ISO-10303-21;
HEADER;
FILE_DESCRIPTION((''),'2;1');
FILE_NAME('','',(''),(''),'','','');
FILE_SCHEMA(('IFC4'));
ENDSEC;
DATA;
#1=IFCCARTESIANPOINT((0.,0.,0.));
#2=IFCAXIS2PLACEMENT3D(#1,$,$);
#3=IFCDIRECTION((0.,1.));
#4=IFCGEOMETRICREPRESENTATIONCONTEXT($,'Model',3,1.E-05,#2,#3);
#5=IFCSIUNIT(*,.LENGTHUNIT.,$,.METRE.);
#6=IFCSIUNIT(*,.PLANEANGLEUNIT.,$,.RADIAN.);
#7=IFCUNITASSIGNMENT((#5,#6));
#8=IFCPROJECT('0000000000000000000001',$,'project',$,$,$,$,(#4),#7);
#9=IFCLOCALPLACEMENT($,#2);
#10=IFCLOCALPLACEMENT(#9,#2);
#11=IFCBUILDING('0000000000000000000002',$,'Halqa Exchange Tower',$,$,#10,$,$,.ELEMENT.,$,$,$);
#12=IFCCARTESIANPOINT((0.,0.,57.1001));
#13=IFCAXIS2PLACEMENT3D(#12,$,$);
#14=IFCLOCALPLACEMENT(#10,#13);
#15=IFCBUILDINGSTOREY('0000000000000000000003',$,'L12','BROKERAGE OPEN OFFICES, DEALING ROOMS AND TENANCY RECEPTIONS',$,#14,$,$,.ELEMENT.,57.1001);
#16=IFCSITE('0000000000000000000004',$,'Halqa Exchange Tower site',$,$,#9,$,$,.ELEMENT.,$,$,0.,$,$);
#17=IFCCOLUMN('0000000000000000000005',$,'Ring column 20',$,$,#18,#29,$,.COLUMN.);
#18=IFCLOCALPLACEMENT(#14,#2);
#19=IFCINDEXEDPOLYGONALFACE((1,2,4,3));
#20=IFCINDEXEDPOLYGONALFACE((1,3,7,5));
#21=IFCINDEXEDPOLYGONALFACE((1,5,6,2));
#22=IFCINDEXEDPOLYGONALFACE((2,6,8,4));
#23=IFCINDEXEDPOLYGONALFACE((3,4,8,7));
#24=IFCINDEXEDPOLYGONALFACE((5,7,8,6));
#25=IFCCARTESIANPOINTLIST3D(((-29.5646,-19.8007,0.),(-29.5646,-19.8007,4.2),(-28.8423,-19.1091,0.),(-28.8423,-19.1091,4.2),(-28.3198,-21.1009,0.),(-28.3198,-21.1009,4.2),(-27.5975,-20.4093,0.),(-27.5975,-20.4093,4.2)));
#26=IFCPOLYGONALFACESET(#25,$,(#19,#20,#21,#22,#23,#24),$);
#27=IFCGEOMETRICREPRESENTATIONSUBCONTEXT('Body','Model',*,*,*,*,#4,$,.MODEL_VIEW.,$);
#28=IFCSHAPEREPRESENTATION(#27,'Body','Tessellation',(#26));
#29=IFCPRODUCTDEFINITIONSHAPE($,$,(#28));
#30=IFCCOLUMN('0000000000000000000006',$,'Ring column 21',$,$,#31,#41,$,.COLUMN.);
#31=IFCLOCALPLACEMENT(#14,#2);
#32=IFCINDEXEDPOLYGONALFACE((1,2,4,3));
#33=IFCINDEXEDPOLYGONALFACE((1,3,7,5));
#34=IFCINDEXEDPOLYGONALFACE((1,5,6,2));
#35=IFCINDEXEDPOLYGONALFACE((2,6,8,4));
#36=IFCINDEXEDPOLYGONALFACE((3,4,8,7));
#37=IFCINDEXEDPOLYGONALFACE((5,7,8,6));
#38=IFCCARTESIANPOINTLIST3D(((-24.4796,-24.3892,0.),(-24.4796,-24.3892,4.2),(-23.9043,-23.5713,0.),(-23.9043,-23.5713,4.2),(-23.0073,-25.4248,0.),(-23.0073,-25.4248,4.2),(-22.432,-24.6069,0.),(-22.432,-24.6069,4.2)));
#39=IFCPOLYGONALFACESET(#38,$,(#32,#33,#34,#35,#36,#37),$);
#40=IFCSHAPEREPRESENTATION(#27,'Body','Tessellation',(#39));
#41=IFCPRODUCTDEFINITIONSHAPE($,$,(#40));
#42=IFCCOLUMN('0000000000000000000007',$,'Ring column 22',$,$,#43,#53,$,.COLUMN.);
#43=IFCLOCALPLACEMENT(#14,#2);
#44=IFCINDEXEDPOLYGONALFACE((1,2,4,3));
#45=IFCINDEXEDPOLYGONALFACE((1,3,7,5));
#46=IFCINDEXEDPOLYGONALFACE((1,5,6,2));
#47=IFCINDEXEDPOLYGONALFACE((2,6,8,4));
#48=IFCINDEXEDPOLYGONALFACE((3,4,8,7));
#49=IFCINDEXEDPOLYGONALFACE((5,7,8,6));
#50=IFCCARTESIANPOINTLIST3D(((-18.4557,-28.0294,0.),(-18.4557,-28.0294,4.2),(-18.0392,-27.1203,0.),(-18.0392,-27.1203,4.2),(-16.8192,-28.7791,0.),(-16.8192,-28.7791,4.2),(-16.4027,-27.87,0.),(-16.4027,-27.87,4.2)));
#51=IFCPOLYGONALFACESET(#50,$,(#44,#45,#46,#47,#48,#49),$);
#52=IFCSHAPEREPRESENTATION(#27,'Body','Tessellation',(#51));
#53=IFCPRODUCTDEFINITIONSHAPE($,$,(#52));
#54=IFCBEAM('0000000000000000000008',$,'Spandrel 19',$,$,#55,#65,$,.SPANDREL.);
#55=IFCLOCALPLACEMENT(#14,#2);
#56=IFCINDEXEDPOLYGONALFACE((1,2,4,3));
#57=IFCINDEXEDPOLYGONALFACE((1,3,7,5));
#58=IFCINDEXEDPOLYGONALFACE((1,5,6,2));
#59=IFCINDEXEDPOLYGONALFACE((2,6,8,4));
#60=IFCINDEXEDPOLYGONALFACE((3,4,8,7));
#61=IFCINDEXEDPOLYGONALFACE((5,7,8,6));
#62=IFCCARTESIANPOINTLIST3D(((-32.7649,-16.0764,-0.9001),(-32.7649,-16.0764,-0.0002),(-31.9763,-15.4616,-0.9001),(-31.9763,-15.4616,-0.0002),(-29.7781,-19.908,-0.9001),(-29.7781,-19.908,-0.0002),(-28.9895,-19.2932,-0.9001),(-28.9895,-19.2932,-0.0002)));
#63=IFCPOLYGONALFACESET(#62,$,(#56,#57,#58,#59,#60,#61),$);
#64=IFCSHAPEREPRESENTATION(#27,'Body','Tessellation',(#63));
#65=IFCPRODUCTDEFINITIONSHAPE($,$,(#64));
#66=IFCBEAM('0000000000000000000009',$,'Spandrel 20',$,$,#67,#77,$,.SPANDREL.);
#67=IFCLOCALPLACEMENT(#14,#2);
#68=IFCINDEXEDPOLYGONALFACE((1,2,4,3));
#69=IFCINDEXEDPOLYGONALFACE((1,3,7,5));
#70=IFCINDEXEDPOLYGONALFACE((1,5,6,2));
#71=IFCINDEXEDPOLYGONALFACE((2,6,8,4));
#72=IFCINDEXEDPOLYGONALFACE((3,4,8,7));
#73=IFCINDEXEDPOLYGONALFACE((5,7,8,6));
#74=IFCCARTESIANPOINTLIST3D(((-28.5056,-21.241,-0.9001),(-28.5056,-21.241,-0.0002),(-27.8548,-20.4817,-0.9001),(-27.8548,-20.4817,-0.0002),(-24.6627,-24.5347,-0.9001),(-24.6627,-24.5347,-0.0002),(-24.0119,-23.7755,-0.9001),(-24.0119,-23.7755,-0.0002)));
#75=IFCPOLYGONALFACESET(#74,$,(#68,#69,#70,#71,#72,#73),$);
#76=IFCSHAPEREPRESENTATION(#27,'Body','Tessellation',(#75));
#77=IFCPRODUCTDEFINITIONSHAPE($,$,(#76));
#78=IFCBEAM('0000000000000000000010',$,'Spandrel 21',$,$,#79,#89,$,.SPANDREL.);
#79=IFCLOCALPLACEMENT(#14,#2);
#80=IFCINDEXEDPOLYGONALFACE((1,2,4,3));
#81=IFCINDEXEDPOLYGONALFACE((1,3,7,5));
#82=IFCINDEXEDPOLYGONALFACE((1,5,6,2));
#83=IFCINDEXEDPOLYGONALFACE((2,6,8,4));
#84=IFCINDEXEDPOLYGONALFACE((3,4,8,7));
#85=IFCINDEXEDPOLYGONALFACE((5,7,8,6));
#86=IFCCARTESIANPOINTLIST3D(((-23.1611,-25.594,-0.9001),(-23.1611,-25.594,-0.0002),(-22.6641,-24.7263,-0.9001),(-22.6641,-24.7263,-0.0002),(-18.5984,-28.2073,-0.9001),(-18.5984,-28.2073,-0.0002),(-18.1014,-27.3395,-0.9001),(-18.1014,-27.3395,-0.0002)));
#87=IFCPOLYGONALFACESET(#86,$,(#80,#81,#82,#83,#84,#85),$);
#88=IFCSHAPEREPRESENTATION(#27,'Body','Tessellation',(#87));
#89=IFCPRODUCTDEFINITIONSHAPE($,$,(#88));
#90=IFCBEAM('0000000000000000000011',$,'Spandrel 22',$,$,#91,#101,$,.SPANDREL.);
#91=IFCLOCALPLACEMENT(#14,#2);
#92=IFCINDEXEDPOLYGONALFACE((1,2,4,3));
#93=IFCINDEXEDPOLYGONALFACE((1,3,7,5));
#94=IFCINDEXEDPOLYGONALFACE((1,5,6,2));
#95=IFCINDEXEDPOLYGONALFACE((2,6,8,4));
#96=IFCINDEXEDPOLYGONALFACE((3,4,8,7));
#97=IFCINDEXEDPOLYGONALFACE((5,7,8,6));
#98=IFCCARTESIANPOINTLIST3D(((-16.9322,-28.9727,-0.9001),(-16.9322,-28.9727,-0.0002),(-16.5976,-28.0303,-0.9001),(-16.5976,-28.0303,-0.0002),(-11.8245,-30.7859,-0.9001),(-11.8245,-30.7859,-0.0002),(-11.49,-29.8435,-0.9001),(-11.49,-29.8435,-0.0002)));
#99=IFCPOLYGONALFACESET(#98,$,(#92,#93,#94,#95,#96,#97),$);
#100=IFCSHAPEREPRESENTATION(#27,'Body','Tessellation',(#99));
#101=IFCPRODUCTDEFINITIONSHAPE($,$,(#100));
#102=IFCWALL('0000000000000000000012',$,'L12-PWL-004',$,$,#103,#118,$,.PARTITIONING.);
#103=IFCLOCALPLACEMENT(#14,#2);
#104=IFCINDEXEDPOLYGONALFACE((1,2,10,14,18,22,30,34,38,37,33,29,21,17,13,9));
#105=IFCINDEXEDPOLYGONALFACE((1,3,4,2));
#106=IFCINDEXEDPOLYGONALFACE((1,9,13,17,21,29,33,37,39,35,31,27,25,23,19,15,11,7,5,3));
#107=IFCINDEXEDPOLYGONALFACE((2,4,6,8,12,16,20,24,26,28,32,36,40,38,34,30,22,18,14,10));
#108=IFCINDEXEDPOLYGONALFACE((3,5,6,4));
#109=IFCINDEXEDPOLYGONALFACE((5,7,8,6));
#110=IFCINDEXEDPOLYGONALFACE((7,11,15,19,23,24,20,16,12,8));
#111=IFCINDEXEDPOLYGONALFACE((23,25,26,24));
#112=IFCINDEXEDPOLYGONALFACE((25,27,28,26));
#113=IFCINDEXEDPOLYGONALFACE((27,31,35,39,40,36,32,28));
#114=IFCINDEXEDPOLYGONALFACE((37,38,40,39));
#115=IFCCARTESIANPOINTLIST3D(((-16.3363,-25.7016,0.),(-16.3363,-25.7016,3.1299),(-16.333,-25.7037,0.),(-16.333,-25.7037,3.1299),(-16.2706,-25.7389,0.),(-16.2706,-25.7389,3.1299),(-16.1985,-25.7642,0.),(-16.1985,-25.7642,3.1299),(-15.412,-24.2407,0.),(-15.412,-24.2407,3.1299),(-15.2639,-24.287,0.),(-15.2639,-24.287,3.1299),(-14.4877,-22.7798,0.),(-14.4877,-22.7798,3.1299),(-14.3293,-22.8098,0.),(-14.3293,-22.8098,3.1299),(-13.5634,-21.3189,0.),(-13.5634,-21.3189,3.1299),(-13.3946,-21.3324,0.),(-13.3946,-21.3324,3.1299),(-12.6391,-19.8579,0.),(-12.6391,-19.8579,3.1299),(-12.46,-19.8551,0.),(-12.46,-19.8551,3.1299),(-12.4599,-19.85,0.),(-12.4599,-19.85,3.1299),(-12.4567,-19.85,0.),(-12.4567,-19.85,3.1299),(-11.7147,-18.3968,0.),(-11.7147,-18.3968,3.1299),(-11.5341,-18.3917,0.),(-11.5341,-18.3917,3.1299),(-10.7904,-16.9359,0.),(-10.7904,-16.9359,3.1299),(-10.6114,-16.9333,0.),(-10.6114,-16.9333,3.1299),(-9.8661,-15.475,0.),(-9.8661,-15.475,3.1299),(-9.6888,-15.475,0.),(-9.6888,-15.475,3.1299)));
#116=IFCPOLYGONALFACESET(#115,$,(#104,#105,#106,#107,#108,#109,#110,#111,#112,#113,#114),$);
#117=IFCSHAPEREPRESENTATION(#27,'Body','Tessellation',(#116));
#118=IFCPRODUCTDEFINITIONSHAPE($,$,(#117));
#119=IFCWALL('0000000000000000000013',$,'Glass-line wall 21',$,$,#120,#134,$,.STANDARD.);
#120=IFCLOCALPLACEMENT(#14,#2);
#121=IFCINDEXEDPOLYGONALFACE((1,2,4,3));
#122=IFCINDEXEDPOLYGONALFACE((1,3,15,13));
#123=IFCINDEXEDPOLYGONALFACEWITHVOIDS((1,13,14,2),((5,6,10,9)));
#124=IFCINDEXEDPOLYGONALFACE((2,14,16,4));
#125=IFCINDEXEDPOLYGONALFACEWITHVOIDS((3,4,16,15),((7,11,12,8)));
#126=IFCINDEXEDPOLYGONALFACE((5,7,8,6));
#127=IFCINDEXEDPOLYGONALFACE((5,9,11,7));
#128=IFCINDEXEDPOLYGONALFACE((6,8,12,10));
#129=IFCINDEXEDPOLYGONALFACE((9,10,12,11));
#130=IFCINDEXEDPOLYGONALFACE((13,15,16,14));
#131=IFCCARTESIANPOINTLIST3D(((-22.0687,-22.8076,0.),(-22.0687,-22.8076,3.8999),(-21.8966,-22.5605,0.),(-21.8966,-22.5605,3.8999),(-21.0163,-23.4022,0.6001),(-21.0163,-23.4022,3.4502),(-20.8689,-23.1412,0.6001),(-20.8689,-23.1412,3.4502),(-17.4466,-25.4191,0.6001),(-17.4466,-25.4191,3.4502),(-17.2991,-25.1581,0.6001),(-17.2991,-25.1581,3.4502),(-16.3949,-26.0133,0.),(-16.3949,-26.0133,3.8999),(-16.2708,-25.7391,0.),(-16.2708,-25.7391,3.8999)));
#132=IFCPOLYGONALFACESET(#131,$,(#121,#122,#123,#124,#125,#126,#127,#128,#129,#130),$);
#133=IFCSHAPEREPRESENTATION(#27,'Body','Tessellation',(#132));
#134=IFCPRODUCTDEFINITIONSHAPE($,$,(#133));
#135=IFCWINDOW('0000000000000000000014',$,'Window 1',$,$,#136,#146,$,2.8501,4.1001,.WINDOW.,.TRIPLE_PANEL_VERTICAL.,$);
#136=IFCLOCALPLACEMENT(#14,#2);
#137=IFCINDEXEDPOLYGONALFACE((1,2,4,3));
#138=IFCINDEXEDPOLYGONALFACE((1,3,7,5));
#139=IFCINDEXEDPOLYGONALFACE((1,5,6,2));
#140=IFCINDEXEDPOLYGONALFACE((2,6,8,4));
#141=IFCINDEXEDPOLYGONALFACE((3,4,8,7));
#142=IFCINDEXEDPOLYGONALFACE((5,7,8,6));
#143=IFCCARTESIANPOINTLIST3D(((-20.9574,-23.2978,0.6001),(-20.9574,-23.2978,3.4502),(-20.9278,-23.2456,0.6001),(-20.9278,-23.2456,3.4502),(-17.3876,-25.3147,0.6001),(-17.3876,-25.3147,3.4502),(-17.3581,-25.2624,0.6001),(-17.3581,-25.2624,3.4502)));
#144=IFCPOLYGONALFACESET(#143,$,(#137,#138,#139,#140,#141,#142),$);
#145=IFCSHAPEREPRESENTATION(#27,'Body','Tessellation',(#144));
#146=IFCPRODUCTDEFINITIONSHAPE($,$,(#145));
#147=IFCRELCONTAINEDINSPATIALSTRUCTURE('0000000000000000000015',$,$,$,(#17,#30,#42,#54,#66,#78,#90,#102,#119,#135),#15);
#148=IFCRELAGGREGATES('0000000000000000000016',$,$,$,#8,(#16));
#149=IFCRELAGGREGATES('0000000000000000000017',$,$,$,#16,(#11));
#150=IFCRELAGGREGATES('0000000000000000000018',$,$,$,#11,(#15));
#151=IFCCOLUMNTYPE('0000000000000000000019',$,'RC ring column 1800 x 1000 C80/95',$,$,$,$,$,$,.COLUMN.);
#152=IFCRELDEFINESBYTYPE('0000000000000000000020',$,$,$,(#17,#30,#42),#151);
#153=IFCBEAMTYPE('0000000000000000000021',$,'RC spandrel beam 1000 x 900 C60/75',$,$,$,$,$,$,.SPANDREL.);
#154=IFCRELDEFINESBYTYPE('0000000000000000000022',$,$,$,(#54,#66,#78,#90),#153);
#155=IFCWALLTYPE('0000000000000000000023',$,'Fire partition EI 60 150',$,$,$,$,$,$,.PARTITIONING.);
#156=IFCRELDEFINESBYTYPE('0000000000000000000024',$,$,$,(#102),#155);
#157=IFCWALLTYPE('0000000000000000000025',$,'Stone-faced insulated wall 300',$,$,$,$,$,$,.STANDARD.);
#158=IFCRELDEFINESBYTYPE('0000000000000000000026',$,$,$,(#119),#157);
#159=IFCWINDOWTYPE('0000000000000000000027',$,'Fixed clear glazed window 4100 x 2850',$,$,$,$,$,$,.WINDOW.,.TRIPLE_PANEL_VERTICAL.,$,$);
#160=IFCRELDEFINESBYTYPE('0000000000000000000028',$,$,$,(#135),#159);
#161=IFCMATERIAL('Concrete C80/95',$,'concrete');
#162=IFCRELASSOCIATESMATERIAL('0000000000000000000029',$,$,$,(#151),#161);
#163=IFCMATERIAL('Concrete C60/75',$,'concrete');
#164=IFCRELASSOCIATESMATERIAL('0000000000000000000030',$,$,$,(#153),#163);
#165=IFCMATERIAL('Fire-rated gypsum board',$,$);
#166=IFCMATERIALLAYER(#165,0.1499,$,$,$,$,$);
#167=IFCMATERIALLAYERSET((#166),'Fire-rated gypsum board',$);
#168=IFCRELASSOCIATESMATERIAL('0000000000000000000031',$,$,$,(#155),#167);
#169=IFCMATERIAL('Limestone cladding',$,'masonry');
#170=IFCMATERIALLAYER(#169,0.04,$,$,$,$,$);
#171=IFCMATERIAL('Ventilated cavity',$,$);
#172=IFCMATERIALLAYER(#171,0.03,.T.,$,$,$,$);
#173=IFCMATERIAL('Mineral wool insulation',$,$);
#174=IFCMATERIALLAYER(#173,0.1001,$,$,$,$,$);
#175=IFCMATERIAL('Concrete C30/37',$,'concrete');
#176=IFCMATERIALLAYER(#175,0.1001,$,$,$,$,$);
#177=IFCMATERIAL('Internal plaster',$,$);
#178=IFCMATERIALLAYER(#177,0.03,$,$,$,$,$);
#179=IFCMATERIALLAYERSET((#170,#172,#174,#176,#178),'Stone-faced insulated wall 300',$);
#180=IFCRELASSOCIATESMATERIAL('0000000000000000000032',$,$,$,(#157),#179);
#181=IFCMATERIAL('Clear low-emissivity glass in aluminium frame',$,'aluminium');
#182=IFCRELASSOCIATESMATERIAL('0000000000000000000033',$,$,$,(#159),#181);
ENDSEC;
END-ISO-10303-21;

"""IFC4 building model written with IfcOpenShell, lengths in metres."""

from ifc_helpers import new_model, si_unit, direction, frame, frame_2d, origin, origin_2d, place, context, subcontext, project, spatial, polyline, rectangle, outline, extrude, material, layer, layer_set, material_profile, profile_set, type_object, element, fill, save


model = new_model("IFC4")

# Units and contexts
model_context = context("Model", 3, precision=1e-05, world=origin(), true_north=direction((0.0, 1.0)))
body_context = subcontext(model_context, "Body", "Model", "MODEL_VIEW")
ifc_project = project(units=[si_unit("LENGTHUNIT", "METRE"), si_unit("PLANEANGLEUNIT", "RADIAN")], contexts=[model_context])

# Site, building, storey
site_placement = place(None, origin())
site = spatial("IfcSite", under=ifc_project, at=site_placement, Name="Halqa Exchange Tower site", CompositionType="ELEMENT", RefElevation=0.0)
building_placement = place(site_placement, origin())
building = spatial("IfcBuilding", under=site, at=building_placement, Name="Halqa Exchange Tower", CompositionType="ELEMENT")
storey_placement = place(building_placement, frame((0.0, 0.0, 57.1001)))
storey = spatial("IfcBuildingStorey", under=building, at=storey_placement, Name="L12", Description="BROKERAGE OPEN OFFICES, DEALING ROOMS AND TENANCY RECEPTIONS", CompositionType="ELEMENT", Elevation=57.1001)

# Columns
ifc_material_1 = material(Name="Concrete C80/95", Category="concrete")
ifc_material_profile_1 = material_profile(ifc_material_1, rectangle(XDim=1.8, YDim=1.0, at=origin_2d()), Name="1800 x 1000")
ifc_profile_set_1 = profile_set([ifc_material_profile_1], Name="Concrete C80/95")
column_type = type_object("IfcColumnType", Name="RC ring column 1800 x 1000 C80/95", PredefinedType="COLUMN", material=ifc_profile_set_1)
for number, where, z_axis, x_axis, name in (
    (1, (-28.5811, -20.105, 0.0), (0.0, 0.0, 1.0), (0.691577, -0.722302, 0.0), "Ring column 20"),
    (2, (-23.4558, -24.498, 0.0), (0.0, 0.0, 1.0), (0.817909, -0.575348, 0.0), "Ring column 21"),
    (3, (-17.4292, -27.9497, 0.0), (0.0, 0.0, 1.0), (0.909126, -0.41652, 0.0), "Ring column 22"),
):
    element("IfcColumn", number, at=place(storey_placement, frame(where, z_axis=z_axis, x_axis=x_axis)), inside=storey, type_object=column_type, Name=name, PredefinedType="COLUMN", context=body_context, shape_type="SweptSolid", body=[
        extrude(rectangle(XDim=1.8, YDim=1.0, at=origin_2d()), origin(), (0.0, 0.0, 1.0), 4.2),
    ])

# Beams
ifc_material_2 = material(Name="Concrete C60/75", Category="concrete")
ifc_material_profile_2 = material_profile(ifc_material_2, rectangle(XDim=1.0, YDim=0.8999, at=origin_2d()), Name="1000 x 900")
ifc_profile_set_2 = profile_set([ifc_material_profile_2], Name="Concrete C60/75")
beam_type = type_object("IfcBeamType", Name="RC spandrel beam 1000 x 900 C60/75", PredefinedType="SPANDREL", material=ifc_profile_set_2)
beam_1_placement = place(storey_placement, frame((-32.3706, -15.769, -0.4502), z_axis=(0.614803, -0.788681, 0.0), x_axis=(0.788681, 0.614803, 0.0)))
element("IfcBeam", 4, at=beam_1_placement, inside=storey, type_object=beam_type, Name="Spandrel 19", PredefinedType="SPANDREL", context=body_context, shape_type="SweptSolid", body=[
    extrude(rectangle(XDim=1.0, YDim=0.8999, at=origin_2d()), origin(), (0.0, 0.0, 1.0), 4.8582),
])
beam_2_placement = place(storey_placement, frame((-28.1802, -20.8613, -0.4502), z_axis=(0.759267, -0.650779, 0.0), x_axis=(0.650779, 0.759267, 0.0)))
element("IfcBeam", 5, at=beam_2_placement, inside=storey, type_object=beam_type, Name="Spandrel 20", PredefinedType="SPANDREL", context=body_context, shape_type="SweptSolid", body=[
    extrude(rectangle(XDim=1.0, YDim=0.8999, at=origin_2d()), origin(), (0.0, 0.0, 1.0), 5.0613),
])
beam_3_placement = place(storey_placement, frame((-22.9126, -25.1602, -0.4502), z_axis=(0.867751, -0.496999, 0.0), x_axis=(0.496999, 0.867751, 0.0)))
element("IfcBeam", 6, at=beam_3_placement, inside=storey, type_object=beam_type, Name="Spandrel 21", PredefinedType="SPANDREL", context=body_context, shape_type="SweptSolid", body=[
    extrude(rectangle(XDim=1.0, YDim=0.8999, at=origin_2d()), origin(), (0.0, 0.0, 1.0), 5.2581),
])
beam_4_placement = place(storey_placement, frame((-16.7649, -28.5015, -0.4502), z_axis=(0.942379, -0.334547, 0.0), x_axis=(0.334547, 0.942379, 0.0)))
element("IfcBeam", 7, at=beam_4_placement, inside=storey, type_object=beam_type, Name="Spandrel 22", PredefinedType="SPANDREL", context=body_context, shape_type="SweptSolid", body=[
    extrude(rectangle(XDim=1.0, YDim=0.8999, at=origin_2d()), origin(), (0.0, 0.0, 1.0), 5.4199),
])

# Wall
ifc_material_3 = material(Name="Fire-rated gypsum board")
ifc_layer_1 = layer(ifc_material_3, 0.1499)
ifc_layer_set_1 = layer_set([ifc_layer_1], Name="Fire-rated gypsum board")
wall_type_1 = type_object("IfcWallType", Name="Fire partition EI 60 150", PredefinedType="PARTITIONING", material=ifc_layer_set_1)
wall_1_placement = place(storey_placement, frame((-16.2729, -25.7417, 0.0), z_axis=(0.0, 0.0, 1.0), x_axis=(0.534655, 0.845071, 0.0)))
element("IfcWall", 8, at=wall_1_placement, inside=storey, type_object=wall_type_1, Name="L12-PWL-004", PredefinedType="PARTITIONING", context=body_context, shape_type="SweptSolid", body=[
    extrude(outline(polyline([(0.0208, -0.075), (1.7688, -0.075), (3.5168, -0.075), (5.2651, -0.075), (7.0132, -0.075), (7.0176, -0.0723), (7.0193, -0.075), (8.7449, -0.075), (10.4707, -0.075), (12.1963, -0.075), (12.1963, -0.075), (12.1016, 0.075), (10.3728, 0.075), (8.644, 0.075), (6.915, 0.075), (5.1863, 0.075), (3.4575, 0.075), (1.7288, 0.075), (0.0, 0.075), (0.0, 0.071), (0.0037, -0.0005), (0.0208, -0.075)])), origin(), (0.0, 0.0, 1.0), 3.1299),
])

# Shared definitions
ifc_material_4 = material(Name="Limestone cladding", Category="masonry")
ifc_layer_2 = layer(ifc_material_4, 0.04)
ifc_material_5 = material(Name="Ventilated cavity")
ifc_layer_3 = layer(ifc_material_5, 0.03, ventilated=True)
ifc_material_6 = material(Name="Mineral wool insulation")
ifc_layer_4 = layer(ifc_material_6, 0.1001)
ifc_material_7 = material(Name="Concrete C30/37", Category="concrete")
ifc_layer_5 = layer(ifc_material_7, 0.1001)
ifc_material_8 = material(Name="Internal plaster")
ifc_layer_6 = layer(ifc_material_8, 0.03)
ifc_layer_set_2 = layer_set([ifc_layer_2, ifc_layer_3, ifc_layer_4, ifc_layer_5, ifc_layer_6], Name="Stone-faced insulated wall 300")
wall_type_2 = type_object("IfcWallType", Name="Stone-faced insulated wall 300", PredefinedType="STANDARD", material=ifc_layer_set_2)
ifc_material_9 = material(Name="Clear low-emissivity glass in aluminium frame", Category="aluminium")

# Wall, opening, window
wall_2_placement = place(storey_placement, frame((-21.9827, -22.6841, 0.0), z_axis=(0.0, 0.0, 1.0), x_axis=(0.870648, -0.491907, 0.0)))
wall_2 = element("IfcWall", 9, at=wall_2_placement, inside=storey, type_object=wall_type_2, Name="Glass-line wall 21", PredefinedType="STANDARD", context=body_context, shape_type="SweptSolid", body=[
    extrude(outline(polyline([(-0.0142, -0.1499), (6.5027, -0.1499), (6.4758, 0.1499), (0.0142, 0.1499), (-0.0142, -0.1499)])), origin(), (0.0, 0.0, 1.0), 3.8999),
])
opening_1_placement = place(wall_2_placement, frame((1.1946, 0.0, 0.6001)))
opening_1 = element("IfcOpeningElement", 10, at=opening_1_placement, cuts=wall_2, PredefinedType="OPENING", context=body_context, shape_type="SweptSolid", body=[
    extrude(rectangle(XDim=4.1001, YDim=2.8501, at=frame_2d((2.05, 1.425))), frame((0.0, 0.1621, 0.0), z_axis=(0.0, -1.0, 0.0), x_axis=(1.0, 0.0, 0.0)), (0.0, 0.0, 1.0), 0.324),
])
window_type = type_object("IfcWindowType", Name="Fixed clear glazed window 4100 x 2850", PartitioningType="TRIPLE_PANEL_VERTICAL", PredefinedType="WINDOW", material=ifc_material_9)
window_1_placement = place(opening_1_placement, origin())
window_1 = element("IfcWindow", 11, at=window_1_placement, inside=storey, type_object=window_type, Name="Window 1", OverallHeight=2.8501, OverallWidth=4.1001, PartitioningType="TRIPLE_PANEL_VERTICAL", PredefinedType="WINDOW", context=body_context, shape_type="SweptSolid", body=[
    extrude(rectangle(XDim=4.1001, YDim=2.8501, at=frame_2d((2.05, 1.425))), frame((0.0, 0.03, 0.0), z_axis=(0.0, -1.0, 0.0), x_axis=(1.0, 0.0, 0.0)), (0.0, 0.0, 1.0), 0.0601),
])
fill(opening_1, window_1)

save(model, "model.ifc")
